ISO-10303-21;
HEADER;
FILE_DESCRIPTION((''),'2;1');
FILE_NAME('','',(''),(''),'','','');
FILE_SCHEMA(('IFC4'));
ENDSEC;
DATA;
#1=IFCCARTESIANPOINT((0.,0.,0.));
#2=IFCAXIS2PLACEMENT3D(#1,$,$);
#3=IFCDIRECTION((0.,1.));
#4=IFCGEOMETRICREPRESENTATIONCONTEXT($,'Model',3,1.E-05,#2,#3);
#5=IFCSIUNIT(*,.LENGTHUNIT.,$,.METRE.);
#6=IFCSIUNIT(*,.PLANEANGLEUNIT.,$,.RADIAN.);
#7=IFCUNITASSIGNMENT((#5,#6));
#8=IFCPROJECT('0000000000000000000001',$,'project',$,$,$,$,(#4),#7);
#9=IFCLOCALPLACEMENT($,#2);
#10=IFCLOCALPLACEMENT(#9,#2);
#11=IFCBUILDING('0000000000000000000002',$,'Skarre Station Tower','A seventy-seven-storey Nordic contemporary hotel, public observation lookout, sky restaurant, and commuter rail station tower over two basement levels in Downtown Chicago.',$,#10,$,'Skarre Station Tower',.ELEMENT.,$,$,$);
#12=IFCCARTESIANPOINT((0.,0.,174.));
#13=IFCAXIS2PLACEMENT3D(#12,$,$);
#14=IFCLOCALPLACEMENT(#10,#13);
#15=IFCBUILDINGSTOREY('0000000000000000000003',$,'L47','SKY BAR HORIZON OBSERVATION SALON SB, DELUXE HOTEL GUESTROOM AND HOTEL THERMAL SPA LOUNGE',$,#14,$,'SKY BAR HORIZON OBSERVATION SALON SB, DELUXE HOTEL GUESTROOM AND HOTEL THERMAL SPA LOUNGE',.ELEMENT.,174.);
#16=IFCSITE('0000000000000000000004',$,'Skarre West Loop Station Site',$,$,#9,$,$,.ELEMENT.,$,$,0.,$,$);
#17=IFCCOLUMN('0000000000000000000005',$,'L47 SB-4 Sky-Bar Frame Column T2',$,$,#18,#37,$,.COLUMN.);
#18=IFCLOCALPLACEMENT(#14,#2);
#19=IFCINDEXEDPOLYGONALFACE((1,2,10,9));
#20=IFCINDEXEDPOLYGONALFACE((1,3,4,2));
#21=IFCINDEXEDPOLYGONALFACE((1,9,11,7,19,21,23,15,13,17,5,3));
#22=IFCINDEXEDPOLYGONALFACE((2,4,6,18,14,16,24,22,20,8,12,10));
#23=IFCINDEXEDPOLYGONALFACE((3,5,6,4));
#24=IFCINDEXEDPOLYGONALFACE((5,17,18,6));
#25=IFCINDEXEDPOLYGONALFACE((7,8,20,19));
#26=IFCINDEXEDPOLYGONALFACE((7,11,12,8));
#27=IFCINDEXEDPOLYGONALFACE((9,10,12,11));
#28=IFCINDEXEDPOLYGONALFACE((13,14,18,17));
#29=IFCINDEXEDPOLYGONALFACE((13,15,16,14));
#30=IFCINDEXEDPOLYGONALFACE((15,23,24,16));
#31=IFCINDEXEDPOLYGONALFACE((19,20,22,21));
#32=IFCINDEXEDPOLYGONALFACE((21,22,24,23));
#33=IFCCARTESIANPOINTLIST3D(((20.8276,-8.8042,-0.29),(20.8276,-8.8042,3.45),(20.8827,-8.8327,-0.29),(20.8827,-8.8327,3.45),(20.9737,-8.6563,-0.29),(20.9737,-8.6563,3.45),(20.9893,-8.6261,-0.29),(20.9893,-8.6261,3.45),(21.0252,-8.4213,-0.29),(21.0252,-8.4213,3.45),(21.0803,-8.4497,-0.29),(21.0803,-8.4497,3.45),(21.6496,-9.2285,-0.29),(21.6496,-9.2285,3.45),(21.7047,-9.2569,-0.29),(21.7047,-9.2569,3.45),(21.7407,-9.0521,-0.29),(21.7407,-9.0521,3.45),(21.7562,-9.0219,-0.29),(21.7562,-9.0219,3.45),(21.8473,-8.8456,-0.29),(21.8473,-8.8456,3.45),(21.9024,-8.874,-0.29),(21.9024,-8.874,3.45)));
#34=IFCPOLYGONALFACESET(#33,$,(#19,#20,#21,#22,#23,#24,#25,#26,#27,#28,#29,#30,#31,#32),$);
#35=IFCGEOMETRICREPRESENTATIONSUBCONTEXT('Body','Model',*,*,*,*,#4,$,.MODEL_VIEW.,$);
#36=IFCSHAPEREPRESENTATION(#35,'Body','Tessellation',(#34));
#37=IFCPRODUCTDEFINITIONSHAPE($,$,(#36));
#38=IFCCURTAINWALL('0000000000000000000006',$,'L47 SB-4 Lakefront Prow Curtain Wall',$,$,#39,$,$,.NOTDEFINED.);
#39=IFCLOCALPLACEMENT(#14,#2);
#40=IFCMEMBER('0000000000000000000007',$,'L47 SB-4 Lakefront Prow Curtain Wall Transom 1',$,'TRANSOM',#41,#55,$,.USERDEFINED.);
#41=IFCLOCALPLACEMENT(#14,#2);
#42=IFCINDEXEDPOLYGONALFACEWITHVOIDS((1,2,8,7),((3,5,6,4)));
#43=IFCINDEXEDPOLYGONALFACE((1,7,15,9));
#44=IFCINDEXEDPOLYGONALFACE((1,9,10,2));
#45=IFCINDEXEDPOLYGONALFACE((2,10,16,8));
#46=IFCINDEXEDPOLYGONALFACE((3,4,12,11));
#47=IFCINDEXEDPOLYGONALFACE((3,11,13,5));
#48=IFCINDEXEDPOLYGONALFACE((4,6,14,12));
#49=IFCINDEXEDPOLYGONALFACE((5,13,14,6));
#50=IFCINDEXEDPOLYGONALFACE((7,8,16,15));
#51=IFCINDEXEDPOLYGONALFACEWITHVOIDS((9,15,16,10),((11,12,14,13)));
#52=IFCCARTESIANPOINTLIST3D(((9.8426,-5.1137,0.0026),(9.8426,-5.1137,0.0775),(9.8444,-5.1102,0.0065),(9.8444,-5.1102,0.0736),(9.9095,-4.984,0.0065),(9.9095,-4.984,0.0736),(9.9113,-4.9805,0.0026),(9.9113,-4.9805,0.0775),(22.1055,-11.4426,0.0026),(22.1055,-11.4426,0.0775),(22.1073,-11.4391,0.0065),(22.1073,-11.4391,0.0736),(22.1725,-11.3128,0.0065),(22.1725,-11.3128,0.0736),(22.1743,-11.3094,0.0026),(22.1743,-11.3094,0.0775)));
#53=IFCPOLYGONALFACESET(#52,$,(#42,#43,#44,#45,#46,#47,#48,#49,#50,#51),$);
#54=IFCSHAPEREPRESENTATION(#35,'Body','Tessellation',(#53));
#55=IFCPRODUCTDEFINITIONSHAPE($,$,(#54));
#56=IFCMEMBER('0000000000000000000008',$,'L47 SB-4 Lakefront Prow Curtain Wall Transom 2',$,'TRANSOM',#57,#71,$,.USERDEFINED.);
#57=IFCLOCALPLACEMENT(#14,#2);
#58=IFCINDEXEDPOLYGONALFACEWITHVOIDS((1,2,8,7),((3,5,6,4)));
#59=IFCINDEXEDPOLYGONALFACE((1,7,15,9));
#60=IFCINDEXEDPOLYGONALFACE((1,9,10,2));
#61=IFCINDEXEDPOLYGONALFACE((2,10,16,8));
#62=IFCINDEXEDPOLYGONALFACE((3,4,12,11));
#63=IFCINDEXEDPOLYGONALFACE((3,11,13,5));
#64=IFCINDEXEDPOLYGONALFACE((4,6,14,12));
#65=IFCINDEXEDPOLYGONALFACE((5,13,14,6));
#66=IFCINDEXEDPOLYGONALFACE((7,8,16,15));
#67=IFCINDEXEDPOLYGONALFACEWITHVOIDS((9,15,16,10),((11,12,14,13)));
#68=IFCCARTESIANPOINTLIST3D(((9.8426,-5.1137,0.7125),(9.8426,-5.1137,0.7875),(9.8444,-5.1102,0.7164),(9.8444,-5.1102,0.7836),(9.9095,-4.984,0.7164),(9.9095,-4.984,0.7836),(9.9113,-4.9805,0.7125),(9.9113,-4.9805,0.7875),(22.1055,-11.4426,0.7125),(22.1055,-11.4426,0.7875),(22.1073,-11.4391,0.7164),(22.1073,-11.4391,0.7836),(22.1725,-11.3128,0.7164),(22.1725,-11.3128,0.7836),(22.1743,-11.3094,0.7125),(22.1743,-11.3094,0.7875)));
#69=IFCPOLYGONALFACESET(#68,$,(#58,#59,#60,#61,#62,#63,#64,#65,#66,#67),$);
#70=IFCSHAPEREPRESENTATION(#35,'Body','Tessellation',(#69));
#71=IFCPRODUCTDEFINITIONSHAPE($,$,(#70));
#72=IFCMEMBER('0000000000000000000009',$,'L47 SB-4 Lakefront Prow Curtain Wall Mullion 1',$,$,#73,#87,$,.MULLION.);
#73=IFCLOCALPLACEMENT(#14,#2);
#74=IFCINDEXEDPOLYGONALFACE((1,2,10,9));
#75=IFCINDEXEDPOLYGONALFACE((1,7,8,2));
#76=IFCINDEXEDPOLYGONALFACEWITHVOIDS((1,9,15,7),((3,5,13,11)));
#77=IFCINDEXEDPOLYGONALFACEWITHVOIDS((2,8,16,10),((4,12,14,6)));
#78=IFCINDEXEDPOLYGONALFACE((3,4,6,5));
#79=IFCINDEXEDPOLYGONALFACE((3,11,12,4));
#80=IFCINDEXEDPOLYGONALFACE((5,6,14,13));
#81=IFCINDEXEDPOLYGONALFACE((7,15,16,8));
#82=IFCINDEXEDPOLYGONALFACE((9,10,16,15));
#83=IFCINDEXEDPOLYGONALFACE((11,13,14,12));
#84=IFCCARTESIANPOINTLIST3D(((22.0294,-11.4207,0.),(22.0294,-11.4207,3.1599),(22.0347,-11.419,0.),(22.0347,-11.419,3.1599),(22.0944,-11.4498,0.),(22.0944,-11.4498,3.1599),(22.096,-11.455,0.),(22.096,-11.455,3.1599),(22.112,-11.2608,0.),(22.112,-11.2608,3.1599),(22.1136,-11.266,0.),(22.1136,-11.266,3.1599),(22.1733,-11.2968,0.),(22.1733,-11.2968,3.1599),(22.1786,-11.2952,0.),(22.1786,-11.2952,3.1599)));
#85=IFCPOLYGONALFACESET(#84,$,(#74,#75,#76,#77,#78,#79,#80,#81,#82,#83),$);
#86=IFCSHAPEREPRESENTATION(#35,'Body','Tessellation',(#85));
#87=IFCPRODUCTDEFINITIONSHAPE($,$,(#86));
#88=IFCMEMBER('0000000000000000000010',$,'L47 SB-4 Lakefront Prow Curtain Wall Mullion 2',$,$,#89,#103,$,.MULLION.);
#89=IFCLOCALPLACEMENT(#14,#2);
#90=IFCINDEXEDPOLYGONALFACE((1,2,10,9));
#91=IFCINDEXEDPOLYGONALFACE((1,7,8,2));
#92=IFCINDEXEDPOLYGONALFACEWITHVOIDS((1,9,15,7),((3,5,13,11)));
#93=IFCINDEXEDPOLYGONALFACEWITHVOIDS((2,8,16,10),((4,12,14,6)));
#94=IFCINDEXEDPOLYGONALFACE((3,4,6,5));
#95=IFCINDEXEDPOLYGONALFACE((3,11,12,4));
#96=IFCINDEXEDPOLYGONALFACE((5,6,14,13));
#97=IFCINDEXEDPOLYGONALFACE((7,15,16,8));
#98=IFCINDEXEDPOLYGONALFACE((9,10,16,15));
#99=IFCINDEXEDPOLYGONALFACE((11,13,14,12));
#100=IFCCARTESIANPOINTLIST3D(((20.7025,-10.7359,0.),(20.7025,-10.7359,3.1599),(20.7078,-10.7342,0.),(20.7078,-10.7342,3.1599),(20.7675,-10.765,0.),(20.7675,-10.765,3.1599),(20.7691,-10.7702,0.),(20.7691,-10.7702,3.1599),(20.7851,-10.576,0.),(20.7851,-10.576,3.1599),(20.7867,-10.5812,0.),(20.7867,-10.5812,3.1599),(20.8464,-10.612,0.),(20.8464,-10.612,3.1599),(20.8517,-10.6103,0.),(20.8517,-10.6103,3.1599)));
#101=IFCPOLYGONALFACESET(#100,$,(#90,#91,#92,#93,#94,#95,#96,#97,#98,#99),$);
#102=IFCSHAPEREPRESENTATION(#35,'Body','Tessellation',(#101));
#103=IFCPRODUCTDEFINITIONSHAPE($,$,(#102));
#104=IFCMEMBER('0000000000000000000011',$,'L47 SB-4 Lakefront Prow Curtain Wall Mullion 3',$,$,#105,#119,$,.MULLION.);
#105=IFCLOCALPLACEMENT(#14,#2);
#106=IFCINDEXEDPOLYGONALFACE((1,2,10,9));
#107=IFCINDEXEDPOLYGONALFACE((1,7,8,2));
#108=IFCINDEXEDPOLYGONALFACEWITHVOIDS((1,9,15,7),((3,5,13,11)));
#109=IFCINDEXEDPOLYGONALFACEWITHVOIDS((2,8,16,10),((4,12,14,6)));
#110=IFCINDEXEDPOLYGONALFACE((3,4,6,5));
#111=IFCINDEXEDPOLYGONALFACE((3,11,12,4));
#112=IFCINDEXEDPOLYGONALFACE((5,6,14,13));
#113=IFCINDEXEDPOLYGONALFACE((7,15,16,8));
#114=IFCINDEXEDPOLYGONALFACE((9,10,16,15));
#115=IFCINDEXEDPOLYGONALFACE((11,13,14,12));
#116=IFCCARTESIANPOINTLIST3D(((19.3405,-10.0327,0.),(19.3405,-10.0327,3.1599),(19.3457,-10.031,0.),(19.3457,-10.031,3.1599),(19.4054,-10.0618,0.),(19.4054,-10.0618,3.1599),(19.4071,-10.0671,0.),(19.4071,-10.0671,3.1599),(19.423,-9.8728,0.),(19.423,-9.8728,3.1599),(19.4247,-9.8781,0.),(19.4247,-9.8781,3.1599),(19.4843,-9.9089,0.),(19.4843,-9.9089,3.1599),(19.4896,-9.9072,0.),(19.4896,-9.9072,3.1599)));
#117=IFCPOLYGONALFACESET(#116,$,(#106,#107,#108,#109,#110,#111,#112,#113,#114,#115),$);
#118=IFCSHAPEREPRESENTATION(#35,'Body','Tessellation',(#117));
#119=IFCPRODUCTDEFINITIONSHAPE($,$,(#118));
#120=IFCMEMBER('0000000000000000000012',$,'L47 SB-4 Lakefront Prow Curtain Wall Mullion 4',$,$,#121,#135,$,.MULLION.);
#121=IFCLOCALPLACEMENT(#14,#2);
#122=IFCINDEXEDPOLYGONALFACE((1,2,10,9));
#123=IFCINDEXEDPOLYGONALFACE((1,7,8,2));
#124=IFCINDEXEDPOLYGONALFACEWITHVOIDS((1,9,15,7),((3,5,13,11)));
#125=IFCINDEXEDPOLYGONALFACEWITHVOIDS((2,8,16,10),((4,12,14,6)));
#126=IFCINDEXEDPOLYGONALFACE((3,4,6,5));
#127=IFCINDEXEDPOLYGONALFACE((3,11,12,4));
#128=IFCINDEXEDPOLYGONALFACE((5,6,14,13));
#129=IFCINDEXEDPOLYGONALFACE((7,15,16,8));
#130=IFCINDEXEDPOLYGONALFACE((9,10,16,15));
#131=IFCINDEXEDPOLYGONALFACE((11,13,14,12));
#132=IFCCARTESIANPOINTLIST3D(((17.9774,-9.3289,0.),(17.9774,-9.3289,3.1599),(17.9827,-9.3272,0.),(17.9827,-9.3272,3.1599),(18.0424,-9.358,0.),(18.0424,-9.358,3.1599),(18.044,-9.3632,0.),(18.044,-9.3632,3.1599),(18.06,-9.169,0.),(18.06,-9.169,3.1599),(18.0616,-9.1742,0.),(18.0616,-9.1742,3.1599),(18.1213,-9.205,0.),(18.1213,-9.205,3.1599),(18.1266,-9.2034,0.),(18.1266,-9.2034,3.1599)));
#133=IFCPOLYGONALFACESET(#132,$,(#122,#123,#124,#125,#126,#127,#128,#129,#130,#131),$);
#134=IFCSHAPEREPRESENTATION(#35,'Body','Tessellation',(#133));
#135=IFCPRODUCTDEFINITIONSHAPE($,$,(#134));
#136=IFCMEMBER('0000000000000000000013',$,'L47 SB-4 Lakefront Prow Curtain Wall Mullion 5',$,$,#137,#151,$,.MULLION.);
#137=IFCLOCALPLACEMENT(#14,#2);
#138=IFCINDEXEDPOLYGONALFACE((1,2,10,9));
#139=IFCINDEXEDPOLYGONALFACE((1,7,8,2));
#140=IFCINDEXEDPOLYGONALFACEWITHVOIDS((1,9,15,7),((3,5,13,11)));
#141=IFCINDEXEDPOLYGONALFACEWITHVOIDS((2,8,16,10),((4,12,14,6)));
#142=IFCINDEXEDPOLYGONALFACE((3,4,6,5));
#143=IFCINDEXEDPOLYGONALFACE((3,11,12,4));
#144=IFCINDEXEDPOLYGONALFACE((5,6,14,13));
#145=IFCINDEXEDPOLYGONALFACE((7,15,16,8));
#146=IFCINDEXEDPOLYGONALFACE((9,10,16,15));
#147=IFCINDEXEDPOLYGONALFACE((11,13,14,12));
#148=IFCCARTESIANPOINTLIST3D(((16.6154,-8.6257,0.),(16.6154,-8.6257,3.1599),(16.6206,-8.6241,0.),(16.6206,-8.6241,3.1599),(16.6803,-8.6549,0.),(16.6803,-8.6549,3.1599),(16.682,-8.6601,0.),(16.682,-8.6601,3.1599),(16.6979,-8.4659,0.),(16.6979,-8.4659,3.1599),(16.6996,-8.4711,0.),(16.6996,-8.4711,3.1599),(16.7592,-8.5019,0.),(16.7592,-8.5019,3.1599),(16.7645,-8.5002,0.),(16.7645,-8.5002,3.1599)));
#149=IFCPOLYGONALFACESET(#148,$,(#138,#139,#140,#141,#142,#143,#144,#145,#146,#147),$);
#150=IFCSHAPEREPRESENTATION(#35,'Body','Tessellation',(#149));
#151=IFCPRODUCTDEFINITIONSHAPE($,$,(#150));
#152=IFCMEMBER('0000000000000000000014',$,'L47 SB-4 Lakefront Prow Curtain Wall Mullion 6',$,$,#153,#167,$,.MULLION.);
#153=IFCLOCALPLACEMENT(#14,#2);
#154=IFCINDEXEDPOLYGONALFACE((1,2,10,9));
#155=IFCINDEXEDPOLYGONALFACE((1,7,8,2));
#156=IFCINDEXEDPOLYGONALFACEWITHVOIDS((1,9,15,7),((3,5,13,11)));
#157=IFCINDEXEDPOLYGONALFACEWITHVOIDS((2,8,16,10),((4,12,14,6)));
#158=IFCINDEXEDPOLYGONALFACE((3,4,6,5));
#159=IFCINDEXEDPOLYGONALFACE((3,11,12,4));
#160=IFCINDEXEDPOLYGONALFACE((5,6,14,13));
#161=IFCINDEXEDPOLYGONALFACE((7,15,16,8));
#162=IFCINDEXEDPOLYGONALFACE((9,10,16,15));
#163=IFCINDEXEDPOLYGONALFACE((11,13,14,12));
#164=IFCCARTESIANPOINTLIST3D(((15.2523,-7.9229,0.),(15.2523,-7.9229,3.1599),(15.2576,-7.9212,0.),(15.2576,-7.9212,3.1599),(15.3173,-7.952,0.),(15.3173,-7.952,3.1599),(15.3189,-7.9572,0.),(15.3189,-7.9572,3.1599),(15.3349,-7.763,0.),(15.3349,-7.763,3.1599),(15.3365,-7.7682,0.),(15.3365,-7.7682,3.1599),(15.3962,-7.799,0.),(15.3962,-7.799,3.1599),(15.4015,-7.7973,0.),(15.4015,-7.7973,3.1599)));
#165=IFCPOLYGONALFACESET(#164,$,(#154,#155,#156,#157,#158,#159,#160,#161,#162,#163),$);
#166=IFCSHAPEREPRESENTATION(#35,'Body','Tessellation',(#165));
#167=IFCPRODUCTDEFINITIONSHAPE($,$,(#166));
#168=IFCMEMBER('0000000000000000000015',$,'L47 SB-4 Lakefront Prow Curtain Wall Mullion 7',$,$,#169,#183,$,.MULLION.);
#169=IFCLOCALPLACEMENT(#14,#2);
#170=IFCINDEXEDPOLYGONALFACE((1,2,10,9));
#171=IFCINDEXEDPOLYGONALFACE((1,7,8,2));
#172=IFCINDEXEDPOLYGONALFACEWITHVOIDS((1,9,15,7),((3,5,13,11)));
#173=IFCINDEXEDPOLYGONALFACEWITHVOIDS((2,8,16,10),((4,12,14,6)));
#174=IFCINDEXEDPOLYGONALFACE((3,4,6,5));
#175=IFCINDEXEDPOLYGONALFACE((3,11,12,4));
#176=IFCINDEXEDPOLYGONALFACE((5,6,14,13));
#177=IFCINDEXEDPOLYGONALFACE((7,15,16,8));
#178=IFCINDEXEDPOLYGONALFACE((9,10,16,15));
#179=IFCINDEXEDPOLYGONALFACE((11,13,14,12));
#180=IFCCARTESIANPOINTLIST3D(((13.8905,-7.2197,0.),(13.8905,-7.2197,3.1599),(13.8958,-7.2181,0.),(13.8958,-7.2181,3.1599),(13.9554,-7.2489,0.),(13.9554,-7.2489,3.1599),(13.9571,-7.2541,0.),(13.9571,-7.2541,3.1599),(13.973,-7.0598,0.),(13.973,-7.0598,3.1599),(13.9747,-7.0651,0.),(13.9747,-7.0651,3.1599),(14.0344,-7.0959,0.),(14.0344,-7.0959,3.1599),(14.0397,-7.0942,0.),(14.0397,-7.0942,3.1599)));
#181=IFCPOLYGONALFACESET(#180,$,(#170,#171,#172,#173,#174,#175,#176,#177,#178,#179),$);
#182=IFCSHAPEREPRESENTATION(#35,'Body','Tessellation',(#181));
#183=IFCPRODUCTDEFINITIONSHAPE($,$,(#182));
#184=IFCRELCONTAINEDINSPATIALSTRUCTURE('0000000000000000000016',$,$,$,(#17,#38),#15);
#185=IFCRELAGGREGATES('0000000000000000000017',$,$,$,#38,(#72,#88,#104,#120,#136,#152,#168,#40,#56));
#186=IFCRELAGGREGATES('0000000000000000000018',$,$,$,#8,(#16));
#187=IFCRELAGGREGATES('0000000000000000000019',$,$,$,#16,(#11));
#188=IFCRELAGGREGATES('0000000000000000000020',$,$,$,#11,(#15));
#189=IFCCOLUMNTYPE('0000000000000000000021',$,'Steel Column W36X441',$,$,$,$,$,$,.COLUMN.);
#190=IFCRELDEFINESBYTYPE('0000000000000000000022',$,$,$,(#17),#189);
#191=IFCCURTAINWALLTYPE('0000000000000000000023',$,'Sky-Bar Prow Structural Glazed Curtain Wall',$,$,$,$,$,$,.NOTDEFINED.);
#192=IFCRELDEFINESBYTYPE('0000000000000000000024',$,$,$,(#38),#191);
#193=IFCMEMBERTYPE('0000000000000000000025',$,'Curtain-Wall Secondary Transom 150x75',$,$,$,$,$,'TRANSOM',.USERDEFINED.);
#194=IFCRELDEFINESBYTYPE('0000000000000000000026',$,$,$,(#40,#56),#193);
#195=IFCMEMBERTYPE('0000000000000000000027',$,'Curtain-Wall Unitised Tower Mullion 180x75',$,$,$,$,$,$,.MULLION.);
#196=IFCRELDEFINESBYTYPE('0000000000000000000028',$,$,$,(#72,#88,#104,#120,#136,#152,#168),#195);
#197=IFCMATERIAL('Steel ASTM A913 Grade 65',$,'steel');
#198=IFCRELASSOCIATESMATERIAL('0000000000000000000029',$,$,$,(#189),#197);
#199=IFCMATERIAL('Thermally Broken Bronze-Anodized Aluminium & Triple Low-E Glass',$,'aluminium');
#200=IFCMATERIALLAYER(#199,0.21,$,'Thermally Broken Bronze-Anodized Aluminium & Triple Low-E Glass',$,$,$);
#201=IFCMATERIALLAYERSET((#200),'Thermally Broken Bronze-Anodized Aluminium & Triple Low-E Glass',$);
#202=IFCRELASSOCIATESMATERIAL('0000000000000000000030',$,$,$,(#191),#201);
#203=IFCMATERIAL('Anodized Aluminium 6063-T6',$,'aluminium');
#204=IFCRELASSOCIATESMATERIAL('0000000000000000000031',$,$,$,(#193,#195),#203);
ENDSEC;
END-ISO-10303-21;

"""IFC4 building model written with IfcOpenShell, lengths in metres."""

from ifc_helpers import new_model, si_unit, direction, frame, origin, origin_2d, place, context, subcontext, project, spatial, hollow_rectangle, i_section, extrude, material, layer, layer_set, material_profile, profile_set, type_object, element, aggregate, save


model = new_model("IFC4")

# Units and contexts
model_context = context("Model", 3, precision=1e-05, world=origin(), true_north=direction((0.0, 1.0)))
body_context = subcontext(model_context, "Body", "Model", "MODEL_VIEW")
ifc_project = project(units=[si_unit("LENGTHUNIT", "METRE"), si_unit("PLANEANGLEUNIT", "RADIAN")], contexts=[model_context])

# Site, building, storey
site_placement = place(None, origin())
site = spatial("IfcSite", under=ifc_project, at=site_placement, Name="Skarre West Loop Station Site", CompositionType="ELEMENT", RefElevation=0.0)
building_placement = place(site_placement, origin())
building = spatial("IfcBuilding", under=site, at=building_placement, Name="Skarre Station Tower", Description="A seventy-seven-storey Nordic contemporary hotel, public observation lookout, sky restaurant, and commuter rail station tower over two basement levels in Downtown Chicago.", LongName="Skarre Station Tower", CompositionType="ELEMENT")
storey_placement = place(building_placement, frame((0.0, 0.0, 174.0)))
storey = spatial("IfcBuildingStorey", under=building, at=storey_placement, Name="L47", Description="SKY BAR HORIZON OBSERVATION SALON SB, DELUXE HOTEL GUESTROOM AND HOTEL THERMAL SPA LOUNGE", LongName="SKY BAR HORIZON OBSERVATION SALON SB, DELUXE HOTEL GUESTROOM AND HOTEL THERMAL SPA LOUNGE", CompositionType="ELEMENT", Elevation=174.0)

# Column
ifc_material_1 = material(Name="Steel ASTM A913 Grade 65", Category="steel")
ifc_material_profile_1 = material_profile(ifc_material_1, i_section(OverallWidth=0.4309, OverallDepth=0.9871, WebThickness=0.0339, FlangeThickness=0.062, at=origin_2d()), Name="Steel ASTM A913 Grade 65")
ifc_profile_set_1 = profile_set([ifc_material_profile_1], Name="Steel ASTM A913 Grade 65")
column_type = type_object("IfcColumnType", Name="Steel Column W36X441", PredefinedType="COLUMN", material=ifc_profile_set_1)
column_placement = place(storey_placement, frame((21.365, -8.8391, -0.29), z_axis=(0.0, 0.0, 1.0), x_axis=(-0.458634, -0.888625, 0.0)))
element("IfcColumn", 1, at=column_placement, inside=storey, type_object=column_type, Name="L47 SB-4 Sky-Bar Frame Column T2", PredefinedType="COLUMN", context=body_context, shape_type="SweptSolid", body=[
    extrude(i_section(OverallWidth=0.4309, OverallDepth=0.9871, WebThickness=0.0339, FlangeThickness=0.062, at=origin_2d()), origin(), (0.0, 0.0, 1.0), 3.74),
])

# Curtain wall, members
ifc_material_2 = material(Name="Thermally Broken Bronze-Anodized Aluminium & Triple Low-E Glass", Category="aluminium")
ifc_layer_1 = layer(ifc_material_2, 0.21, Name="Thermally Broken Bronze-Anodized Aluminium & Triple Low-E Glass")
ifc_layer_set_1 = layer_set([ifc_layer_1], Name="Thermally Broken Bronze-Anodized Aluminium & Triple Low-E Glass")
curtain_wall_type = type_object("IfcCurtainWallType", Name="Sky-Bar Prow Structural Glazed Curtain Wall", PredefinedType="NOTDEFINED", material=ifc_layer_set_1)
curtain_wall_placement = place(storey_placement, origin())
curtain_wall = element("IfcCurtainWall", 2, at=curtain_wall_placement, inside=storey, type_object=curtain_wall_type, Name="L47 SB-4 Lakefront Prow Curtain Wall", PredefinedType="NOTDEFINED")
ifc_material_3 = material(Name="Anodized Aluminium 6063-T6", Category="aluminium")
ifc_material_profile_2 = material_profile(ifc_material_3, hollow_rectangle(XDim=0.075, YDim=0.1499, WallThickness=0.0039, at=origin_2d()), Name="Anodized Aluminium 6063-T6")
ifc_profile_set_2 = profile_set([ifc_material_profile_2], Name="Anodized Aluminium 6063-T6")
member_type_1 = type_object("IfcMemberType", Name="Curtain-Wall Secondary Transom 150x75", ElementType="TRANSOM", PredefinedType="USERDEFINED", material=ifc_profile_set_2)
member_1_placement = place(storey_placement, frame((22.1399, -11.376, 0.04), z_axis=(-0.888633, 0.45862, 0.0), x_axis=(0.0, 0.0, 1.0)))
member_1 = element("IfcMember", 3, at=member_1_placement, type_object=member_type_1, Name="L47 SB-4 Lakefront Prow Curtain Wall Transom 1", ObjectType="TRANSOM", PredefinedType="USERDEFINED", context=body_context, shape_type="SweptSolid", body=[
    extrude(hollow_rectangle(XDim=0.075, YDim=0.1499, WallThickness=0.0039, at=origin_2d()), origin(), (0.0, 0.0, 1.0), 13.7998),
])
member_2_placement = place(storey_placement, frame((22.1399, -11.376, 0.75), z_axis=(-0.888633, 0.45862, 0.0), x_axis=(0.0, 0.0, 1.0)))
member_2 = element("IfcMember", 4, at=member_2_placement, type_object=member_type_1, Name="L47 SB-4 Lakefront Prow Curtain Wall Transom 2", ObjectType="TRANSOM", PredefinedType="USERDEFINED", context=body_context, shape_type="SweptSolid", body=[
    extrude(hollow_rectangle(XDim=0.075, YDim=0.1499, WallThickness=0.0039, at=origin_2d()), origin(), (0.0, 0.0, 1.0), 13.7998),
])
ifc_material_profile_3 = material_profile(ifc_material_3, hollow_rectangle(XDim=0.075, YDim=0.1799, WallThickness=0.0039, at=origin_2d()), Name="Anodized Aluminium 6063-T6")
ifc_profile_set_3 = profile_set([ifc_material_profile_3], Name="Anodized Aluminium 6063-T6")
member_type_2 = type_object("IfcMemberType", Name="Curtain-Wall Unitised Tower Mullion 180x75", PredefinedType="MULLION", material=ifc_profile_set_3)
member_3_placement = place(storey_placement, frame((22.104, -11.3579, 0.0), z_axis=(0.0, 0.0, 1.0), x_axis=(-0.888625, 0.458634, 0.0)))
member_3 = element("IfcMember", 5, at=member_3_placement, type_object=member_type_2, Name="L47 SB-4 Lakefront Prow Curtain Wall Mullion 1", PredefinedType="MULLION", context=body_context, shape_type="SweptSolid", body=[
    extrude(hollow_rectangle(XDim=0.075, YDim=0.1799, WallThickness=0.0039, at=origin_2d()), origin(), (0.0, 0.0, 1.0), 3.1599),
])
member_4_placement = place(storey_placement, frame((20.7771, -10.6731, 0.0), z_axis=(0.0, 0.0, 1.0), x_axis=(-0.888625, 0.458634, 0.0)))
member_4 = element("IfcMember", 6, at=member_4_placement, type_object=member_type_2, Name="L47 SB-4 Lakefront Prow Curtain Wall Mullion 2", PredefinedType="MULLION", context=body_context, shape_type="SweptSolid", body=[
    extrude(hollow_rectangle(XDim=0.075, YDim=0.1799, WallThickness=0.0039, at=origin_2d()), origin(), (0.0, 0.0, 1.0), 3.1599),
])
member_5_placement = place(storey_placement, frame((19.415, -9.97, 0.0), z_axis=(0.0, 0.0, 1.0), x_axis=(-0.888625, 0.458634, 0.0)))
member_5 = element("IfcMember", 7, at=member_5_placement, type_object=member_type_2, Name="L47 SB-4 Lakefront Prow Curtain Wall Mullion 3", PredefinedType="MULLION", context=body_context, shape_type="SweptSolid", body=[
    extrude(hollow_rectangle(XDim=0.075, YDim=0.1799, WallThickness=0.0039, at=origin_2d()), origin(), (0.0, 0.0, 1.0), 3.1599),
])
member_6_placement = place(storey_placement, frame((18.052, -9.2661, 0.0), z_axis=(0.0, 0.0, 1.0), x_axis=(-0.888625, 0.458634, 0.0)))
member_6 = element("IfcMember", 8, at=member_6_placement, type_object=member_type_2, Name="L47 SB-4 Lakefront Prow Curtain Wall Mullion 4", PredefinedType="MULLION", context=body_context, shape_type="SweptSolid", body=[
    extrude(hollow_rectangle(XDim=0.075, YDim=0.1799, WallThickness=0.0039, at=origin_2d()), origin(), (0.0, 0.0, 1.0), 3.1599),
])
member_7_placement = place(storey_placement, frame((16.6899, -8.563, 0.0), z_axis=(0.0, 0.0, 1.0), x_axis=(-0.888625, 0.458634, 0.0)))
member_7 = element("IfcMember", 9, at=member_7_placement, type_object=member_type_2, Name="L47 SB-4 Lakefront Prow Curtain Wall Mullion 5", PredefinedType="MULLION", context=body_context, shape_type="SweptSolid", body=[
    extrude(hollow_rectangle(XDim=0.075, YDim=0.1799, WallThickness=0.0039, at=origin_2d()), origin(), (0.0, 0.0, 1.0), 3.1599),
])
member_8_placement = place(storey_placement, frame((15.3269, -7.8601, 0.0), z_axis=(0.0, 0.0, 1.0), x_axis=(-0.888625, 0.458634, 0.0)))
member_8 = element("IfcMember", 10, at=member_8_placement, type_object=member_type_2, Name="L47 SB-4 Lakefront Prow Curtain Wall Mullion 6", PredefinedType="MULLION", context=body_context, shape_type="SweptSolid", body=[
    extrude(hollow_rectangle(XDim=0.075, YDim=0.1799, WallThickness=0.0039, at=origin_2d()), origin(), (0.0, 0.0, 1.0), 3.1599),
])
member_9_placement = place(storey_placement, frame((13.9651, -7.157, 0.0), z_axis=(0.0, 0.0, 1.0), x_axis=(-0.888625, 0.458634, 0.0)))
member_9 = element("IfcMember", 11, at=member_9_placement, type_object=member_type_2, Name="L47 SB-4 Lakefront Prow Curtain Wall Mullion 7", PredefinedType="MULLION", context=body_context, shape_type="SweptSolid", body=[
    extrude(hollow_rectangle(XDim=0.075, YDim=0.1799, WallThickness=0.0039, at=origin_2d()), origin(), (0.0, 0.0, 1.0), 3.1599),
])
aggregate(curtain_wall, [member_3, member_4, member_5, member_6, member_7, member_8, member_9, member_1, member_2])

save(model, "model.ifc")
